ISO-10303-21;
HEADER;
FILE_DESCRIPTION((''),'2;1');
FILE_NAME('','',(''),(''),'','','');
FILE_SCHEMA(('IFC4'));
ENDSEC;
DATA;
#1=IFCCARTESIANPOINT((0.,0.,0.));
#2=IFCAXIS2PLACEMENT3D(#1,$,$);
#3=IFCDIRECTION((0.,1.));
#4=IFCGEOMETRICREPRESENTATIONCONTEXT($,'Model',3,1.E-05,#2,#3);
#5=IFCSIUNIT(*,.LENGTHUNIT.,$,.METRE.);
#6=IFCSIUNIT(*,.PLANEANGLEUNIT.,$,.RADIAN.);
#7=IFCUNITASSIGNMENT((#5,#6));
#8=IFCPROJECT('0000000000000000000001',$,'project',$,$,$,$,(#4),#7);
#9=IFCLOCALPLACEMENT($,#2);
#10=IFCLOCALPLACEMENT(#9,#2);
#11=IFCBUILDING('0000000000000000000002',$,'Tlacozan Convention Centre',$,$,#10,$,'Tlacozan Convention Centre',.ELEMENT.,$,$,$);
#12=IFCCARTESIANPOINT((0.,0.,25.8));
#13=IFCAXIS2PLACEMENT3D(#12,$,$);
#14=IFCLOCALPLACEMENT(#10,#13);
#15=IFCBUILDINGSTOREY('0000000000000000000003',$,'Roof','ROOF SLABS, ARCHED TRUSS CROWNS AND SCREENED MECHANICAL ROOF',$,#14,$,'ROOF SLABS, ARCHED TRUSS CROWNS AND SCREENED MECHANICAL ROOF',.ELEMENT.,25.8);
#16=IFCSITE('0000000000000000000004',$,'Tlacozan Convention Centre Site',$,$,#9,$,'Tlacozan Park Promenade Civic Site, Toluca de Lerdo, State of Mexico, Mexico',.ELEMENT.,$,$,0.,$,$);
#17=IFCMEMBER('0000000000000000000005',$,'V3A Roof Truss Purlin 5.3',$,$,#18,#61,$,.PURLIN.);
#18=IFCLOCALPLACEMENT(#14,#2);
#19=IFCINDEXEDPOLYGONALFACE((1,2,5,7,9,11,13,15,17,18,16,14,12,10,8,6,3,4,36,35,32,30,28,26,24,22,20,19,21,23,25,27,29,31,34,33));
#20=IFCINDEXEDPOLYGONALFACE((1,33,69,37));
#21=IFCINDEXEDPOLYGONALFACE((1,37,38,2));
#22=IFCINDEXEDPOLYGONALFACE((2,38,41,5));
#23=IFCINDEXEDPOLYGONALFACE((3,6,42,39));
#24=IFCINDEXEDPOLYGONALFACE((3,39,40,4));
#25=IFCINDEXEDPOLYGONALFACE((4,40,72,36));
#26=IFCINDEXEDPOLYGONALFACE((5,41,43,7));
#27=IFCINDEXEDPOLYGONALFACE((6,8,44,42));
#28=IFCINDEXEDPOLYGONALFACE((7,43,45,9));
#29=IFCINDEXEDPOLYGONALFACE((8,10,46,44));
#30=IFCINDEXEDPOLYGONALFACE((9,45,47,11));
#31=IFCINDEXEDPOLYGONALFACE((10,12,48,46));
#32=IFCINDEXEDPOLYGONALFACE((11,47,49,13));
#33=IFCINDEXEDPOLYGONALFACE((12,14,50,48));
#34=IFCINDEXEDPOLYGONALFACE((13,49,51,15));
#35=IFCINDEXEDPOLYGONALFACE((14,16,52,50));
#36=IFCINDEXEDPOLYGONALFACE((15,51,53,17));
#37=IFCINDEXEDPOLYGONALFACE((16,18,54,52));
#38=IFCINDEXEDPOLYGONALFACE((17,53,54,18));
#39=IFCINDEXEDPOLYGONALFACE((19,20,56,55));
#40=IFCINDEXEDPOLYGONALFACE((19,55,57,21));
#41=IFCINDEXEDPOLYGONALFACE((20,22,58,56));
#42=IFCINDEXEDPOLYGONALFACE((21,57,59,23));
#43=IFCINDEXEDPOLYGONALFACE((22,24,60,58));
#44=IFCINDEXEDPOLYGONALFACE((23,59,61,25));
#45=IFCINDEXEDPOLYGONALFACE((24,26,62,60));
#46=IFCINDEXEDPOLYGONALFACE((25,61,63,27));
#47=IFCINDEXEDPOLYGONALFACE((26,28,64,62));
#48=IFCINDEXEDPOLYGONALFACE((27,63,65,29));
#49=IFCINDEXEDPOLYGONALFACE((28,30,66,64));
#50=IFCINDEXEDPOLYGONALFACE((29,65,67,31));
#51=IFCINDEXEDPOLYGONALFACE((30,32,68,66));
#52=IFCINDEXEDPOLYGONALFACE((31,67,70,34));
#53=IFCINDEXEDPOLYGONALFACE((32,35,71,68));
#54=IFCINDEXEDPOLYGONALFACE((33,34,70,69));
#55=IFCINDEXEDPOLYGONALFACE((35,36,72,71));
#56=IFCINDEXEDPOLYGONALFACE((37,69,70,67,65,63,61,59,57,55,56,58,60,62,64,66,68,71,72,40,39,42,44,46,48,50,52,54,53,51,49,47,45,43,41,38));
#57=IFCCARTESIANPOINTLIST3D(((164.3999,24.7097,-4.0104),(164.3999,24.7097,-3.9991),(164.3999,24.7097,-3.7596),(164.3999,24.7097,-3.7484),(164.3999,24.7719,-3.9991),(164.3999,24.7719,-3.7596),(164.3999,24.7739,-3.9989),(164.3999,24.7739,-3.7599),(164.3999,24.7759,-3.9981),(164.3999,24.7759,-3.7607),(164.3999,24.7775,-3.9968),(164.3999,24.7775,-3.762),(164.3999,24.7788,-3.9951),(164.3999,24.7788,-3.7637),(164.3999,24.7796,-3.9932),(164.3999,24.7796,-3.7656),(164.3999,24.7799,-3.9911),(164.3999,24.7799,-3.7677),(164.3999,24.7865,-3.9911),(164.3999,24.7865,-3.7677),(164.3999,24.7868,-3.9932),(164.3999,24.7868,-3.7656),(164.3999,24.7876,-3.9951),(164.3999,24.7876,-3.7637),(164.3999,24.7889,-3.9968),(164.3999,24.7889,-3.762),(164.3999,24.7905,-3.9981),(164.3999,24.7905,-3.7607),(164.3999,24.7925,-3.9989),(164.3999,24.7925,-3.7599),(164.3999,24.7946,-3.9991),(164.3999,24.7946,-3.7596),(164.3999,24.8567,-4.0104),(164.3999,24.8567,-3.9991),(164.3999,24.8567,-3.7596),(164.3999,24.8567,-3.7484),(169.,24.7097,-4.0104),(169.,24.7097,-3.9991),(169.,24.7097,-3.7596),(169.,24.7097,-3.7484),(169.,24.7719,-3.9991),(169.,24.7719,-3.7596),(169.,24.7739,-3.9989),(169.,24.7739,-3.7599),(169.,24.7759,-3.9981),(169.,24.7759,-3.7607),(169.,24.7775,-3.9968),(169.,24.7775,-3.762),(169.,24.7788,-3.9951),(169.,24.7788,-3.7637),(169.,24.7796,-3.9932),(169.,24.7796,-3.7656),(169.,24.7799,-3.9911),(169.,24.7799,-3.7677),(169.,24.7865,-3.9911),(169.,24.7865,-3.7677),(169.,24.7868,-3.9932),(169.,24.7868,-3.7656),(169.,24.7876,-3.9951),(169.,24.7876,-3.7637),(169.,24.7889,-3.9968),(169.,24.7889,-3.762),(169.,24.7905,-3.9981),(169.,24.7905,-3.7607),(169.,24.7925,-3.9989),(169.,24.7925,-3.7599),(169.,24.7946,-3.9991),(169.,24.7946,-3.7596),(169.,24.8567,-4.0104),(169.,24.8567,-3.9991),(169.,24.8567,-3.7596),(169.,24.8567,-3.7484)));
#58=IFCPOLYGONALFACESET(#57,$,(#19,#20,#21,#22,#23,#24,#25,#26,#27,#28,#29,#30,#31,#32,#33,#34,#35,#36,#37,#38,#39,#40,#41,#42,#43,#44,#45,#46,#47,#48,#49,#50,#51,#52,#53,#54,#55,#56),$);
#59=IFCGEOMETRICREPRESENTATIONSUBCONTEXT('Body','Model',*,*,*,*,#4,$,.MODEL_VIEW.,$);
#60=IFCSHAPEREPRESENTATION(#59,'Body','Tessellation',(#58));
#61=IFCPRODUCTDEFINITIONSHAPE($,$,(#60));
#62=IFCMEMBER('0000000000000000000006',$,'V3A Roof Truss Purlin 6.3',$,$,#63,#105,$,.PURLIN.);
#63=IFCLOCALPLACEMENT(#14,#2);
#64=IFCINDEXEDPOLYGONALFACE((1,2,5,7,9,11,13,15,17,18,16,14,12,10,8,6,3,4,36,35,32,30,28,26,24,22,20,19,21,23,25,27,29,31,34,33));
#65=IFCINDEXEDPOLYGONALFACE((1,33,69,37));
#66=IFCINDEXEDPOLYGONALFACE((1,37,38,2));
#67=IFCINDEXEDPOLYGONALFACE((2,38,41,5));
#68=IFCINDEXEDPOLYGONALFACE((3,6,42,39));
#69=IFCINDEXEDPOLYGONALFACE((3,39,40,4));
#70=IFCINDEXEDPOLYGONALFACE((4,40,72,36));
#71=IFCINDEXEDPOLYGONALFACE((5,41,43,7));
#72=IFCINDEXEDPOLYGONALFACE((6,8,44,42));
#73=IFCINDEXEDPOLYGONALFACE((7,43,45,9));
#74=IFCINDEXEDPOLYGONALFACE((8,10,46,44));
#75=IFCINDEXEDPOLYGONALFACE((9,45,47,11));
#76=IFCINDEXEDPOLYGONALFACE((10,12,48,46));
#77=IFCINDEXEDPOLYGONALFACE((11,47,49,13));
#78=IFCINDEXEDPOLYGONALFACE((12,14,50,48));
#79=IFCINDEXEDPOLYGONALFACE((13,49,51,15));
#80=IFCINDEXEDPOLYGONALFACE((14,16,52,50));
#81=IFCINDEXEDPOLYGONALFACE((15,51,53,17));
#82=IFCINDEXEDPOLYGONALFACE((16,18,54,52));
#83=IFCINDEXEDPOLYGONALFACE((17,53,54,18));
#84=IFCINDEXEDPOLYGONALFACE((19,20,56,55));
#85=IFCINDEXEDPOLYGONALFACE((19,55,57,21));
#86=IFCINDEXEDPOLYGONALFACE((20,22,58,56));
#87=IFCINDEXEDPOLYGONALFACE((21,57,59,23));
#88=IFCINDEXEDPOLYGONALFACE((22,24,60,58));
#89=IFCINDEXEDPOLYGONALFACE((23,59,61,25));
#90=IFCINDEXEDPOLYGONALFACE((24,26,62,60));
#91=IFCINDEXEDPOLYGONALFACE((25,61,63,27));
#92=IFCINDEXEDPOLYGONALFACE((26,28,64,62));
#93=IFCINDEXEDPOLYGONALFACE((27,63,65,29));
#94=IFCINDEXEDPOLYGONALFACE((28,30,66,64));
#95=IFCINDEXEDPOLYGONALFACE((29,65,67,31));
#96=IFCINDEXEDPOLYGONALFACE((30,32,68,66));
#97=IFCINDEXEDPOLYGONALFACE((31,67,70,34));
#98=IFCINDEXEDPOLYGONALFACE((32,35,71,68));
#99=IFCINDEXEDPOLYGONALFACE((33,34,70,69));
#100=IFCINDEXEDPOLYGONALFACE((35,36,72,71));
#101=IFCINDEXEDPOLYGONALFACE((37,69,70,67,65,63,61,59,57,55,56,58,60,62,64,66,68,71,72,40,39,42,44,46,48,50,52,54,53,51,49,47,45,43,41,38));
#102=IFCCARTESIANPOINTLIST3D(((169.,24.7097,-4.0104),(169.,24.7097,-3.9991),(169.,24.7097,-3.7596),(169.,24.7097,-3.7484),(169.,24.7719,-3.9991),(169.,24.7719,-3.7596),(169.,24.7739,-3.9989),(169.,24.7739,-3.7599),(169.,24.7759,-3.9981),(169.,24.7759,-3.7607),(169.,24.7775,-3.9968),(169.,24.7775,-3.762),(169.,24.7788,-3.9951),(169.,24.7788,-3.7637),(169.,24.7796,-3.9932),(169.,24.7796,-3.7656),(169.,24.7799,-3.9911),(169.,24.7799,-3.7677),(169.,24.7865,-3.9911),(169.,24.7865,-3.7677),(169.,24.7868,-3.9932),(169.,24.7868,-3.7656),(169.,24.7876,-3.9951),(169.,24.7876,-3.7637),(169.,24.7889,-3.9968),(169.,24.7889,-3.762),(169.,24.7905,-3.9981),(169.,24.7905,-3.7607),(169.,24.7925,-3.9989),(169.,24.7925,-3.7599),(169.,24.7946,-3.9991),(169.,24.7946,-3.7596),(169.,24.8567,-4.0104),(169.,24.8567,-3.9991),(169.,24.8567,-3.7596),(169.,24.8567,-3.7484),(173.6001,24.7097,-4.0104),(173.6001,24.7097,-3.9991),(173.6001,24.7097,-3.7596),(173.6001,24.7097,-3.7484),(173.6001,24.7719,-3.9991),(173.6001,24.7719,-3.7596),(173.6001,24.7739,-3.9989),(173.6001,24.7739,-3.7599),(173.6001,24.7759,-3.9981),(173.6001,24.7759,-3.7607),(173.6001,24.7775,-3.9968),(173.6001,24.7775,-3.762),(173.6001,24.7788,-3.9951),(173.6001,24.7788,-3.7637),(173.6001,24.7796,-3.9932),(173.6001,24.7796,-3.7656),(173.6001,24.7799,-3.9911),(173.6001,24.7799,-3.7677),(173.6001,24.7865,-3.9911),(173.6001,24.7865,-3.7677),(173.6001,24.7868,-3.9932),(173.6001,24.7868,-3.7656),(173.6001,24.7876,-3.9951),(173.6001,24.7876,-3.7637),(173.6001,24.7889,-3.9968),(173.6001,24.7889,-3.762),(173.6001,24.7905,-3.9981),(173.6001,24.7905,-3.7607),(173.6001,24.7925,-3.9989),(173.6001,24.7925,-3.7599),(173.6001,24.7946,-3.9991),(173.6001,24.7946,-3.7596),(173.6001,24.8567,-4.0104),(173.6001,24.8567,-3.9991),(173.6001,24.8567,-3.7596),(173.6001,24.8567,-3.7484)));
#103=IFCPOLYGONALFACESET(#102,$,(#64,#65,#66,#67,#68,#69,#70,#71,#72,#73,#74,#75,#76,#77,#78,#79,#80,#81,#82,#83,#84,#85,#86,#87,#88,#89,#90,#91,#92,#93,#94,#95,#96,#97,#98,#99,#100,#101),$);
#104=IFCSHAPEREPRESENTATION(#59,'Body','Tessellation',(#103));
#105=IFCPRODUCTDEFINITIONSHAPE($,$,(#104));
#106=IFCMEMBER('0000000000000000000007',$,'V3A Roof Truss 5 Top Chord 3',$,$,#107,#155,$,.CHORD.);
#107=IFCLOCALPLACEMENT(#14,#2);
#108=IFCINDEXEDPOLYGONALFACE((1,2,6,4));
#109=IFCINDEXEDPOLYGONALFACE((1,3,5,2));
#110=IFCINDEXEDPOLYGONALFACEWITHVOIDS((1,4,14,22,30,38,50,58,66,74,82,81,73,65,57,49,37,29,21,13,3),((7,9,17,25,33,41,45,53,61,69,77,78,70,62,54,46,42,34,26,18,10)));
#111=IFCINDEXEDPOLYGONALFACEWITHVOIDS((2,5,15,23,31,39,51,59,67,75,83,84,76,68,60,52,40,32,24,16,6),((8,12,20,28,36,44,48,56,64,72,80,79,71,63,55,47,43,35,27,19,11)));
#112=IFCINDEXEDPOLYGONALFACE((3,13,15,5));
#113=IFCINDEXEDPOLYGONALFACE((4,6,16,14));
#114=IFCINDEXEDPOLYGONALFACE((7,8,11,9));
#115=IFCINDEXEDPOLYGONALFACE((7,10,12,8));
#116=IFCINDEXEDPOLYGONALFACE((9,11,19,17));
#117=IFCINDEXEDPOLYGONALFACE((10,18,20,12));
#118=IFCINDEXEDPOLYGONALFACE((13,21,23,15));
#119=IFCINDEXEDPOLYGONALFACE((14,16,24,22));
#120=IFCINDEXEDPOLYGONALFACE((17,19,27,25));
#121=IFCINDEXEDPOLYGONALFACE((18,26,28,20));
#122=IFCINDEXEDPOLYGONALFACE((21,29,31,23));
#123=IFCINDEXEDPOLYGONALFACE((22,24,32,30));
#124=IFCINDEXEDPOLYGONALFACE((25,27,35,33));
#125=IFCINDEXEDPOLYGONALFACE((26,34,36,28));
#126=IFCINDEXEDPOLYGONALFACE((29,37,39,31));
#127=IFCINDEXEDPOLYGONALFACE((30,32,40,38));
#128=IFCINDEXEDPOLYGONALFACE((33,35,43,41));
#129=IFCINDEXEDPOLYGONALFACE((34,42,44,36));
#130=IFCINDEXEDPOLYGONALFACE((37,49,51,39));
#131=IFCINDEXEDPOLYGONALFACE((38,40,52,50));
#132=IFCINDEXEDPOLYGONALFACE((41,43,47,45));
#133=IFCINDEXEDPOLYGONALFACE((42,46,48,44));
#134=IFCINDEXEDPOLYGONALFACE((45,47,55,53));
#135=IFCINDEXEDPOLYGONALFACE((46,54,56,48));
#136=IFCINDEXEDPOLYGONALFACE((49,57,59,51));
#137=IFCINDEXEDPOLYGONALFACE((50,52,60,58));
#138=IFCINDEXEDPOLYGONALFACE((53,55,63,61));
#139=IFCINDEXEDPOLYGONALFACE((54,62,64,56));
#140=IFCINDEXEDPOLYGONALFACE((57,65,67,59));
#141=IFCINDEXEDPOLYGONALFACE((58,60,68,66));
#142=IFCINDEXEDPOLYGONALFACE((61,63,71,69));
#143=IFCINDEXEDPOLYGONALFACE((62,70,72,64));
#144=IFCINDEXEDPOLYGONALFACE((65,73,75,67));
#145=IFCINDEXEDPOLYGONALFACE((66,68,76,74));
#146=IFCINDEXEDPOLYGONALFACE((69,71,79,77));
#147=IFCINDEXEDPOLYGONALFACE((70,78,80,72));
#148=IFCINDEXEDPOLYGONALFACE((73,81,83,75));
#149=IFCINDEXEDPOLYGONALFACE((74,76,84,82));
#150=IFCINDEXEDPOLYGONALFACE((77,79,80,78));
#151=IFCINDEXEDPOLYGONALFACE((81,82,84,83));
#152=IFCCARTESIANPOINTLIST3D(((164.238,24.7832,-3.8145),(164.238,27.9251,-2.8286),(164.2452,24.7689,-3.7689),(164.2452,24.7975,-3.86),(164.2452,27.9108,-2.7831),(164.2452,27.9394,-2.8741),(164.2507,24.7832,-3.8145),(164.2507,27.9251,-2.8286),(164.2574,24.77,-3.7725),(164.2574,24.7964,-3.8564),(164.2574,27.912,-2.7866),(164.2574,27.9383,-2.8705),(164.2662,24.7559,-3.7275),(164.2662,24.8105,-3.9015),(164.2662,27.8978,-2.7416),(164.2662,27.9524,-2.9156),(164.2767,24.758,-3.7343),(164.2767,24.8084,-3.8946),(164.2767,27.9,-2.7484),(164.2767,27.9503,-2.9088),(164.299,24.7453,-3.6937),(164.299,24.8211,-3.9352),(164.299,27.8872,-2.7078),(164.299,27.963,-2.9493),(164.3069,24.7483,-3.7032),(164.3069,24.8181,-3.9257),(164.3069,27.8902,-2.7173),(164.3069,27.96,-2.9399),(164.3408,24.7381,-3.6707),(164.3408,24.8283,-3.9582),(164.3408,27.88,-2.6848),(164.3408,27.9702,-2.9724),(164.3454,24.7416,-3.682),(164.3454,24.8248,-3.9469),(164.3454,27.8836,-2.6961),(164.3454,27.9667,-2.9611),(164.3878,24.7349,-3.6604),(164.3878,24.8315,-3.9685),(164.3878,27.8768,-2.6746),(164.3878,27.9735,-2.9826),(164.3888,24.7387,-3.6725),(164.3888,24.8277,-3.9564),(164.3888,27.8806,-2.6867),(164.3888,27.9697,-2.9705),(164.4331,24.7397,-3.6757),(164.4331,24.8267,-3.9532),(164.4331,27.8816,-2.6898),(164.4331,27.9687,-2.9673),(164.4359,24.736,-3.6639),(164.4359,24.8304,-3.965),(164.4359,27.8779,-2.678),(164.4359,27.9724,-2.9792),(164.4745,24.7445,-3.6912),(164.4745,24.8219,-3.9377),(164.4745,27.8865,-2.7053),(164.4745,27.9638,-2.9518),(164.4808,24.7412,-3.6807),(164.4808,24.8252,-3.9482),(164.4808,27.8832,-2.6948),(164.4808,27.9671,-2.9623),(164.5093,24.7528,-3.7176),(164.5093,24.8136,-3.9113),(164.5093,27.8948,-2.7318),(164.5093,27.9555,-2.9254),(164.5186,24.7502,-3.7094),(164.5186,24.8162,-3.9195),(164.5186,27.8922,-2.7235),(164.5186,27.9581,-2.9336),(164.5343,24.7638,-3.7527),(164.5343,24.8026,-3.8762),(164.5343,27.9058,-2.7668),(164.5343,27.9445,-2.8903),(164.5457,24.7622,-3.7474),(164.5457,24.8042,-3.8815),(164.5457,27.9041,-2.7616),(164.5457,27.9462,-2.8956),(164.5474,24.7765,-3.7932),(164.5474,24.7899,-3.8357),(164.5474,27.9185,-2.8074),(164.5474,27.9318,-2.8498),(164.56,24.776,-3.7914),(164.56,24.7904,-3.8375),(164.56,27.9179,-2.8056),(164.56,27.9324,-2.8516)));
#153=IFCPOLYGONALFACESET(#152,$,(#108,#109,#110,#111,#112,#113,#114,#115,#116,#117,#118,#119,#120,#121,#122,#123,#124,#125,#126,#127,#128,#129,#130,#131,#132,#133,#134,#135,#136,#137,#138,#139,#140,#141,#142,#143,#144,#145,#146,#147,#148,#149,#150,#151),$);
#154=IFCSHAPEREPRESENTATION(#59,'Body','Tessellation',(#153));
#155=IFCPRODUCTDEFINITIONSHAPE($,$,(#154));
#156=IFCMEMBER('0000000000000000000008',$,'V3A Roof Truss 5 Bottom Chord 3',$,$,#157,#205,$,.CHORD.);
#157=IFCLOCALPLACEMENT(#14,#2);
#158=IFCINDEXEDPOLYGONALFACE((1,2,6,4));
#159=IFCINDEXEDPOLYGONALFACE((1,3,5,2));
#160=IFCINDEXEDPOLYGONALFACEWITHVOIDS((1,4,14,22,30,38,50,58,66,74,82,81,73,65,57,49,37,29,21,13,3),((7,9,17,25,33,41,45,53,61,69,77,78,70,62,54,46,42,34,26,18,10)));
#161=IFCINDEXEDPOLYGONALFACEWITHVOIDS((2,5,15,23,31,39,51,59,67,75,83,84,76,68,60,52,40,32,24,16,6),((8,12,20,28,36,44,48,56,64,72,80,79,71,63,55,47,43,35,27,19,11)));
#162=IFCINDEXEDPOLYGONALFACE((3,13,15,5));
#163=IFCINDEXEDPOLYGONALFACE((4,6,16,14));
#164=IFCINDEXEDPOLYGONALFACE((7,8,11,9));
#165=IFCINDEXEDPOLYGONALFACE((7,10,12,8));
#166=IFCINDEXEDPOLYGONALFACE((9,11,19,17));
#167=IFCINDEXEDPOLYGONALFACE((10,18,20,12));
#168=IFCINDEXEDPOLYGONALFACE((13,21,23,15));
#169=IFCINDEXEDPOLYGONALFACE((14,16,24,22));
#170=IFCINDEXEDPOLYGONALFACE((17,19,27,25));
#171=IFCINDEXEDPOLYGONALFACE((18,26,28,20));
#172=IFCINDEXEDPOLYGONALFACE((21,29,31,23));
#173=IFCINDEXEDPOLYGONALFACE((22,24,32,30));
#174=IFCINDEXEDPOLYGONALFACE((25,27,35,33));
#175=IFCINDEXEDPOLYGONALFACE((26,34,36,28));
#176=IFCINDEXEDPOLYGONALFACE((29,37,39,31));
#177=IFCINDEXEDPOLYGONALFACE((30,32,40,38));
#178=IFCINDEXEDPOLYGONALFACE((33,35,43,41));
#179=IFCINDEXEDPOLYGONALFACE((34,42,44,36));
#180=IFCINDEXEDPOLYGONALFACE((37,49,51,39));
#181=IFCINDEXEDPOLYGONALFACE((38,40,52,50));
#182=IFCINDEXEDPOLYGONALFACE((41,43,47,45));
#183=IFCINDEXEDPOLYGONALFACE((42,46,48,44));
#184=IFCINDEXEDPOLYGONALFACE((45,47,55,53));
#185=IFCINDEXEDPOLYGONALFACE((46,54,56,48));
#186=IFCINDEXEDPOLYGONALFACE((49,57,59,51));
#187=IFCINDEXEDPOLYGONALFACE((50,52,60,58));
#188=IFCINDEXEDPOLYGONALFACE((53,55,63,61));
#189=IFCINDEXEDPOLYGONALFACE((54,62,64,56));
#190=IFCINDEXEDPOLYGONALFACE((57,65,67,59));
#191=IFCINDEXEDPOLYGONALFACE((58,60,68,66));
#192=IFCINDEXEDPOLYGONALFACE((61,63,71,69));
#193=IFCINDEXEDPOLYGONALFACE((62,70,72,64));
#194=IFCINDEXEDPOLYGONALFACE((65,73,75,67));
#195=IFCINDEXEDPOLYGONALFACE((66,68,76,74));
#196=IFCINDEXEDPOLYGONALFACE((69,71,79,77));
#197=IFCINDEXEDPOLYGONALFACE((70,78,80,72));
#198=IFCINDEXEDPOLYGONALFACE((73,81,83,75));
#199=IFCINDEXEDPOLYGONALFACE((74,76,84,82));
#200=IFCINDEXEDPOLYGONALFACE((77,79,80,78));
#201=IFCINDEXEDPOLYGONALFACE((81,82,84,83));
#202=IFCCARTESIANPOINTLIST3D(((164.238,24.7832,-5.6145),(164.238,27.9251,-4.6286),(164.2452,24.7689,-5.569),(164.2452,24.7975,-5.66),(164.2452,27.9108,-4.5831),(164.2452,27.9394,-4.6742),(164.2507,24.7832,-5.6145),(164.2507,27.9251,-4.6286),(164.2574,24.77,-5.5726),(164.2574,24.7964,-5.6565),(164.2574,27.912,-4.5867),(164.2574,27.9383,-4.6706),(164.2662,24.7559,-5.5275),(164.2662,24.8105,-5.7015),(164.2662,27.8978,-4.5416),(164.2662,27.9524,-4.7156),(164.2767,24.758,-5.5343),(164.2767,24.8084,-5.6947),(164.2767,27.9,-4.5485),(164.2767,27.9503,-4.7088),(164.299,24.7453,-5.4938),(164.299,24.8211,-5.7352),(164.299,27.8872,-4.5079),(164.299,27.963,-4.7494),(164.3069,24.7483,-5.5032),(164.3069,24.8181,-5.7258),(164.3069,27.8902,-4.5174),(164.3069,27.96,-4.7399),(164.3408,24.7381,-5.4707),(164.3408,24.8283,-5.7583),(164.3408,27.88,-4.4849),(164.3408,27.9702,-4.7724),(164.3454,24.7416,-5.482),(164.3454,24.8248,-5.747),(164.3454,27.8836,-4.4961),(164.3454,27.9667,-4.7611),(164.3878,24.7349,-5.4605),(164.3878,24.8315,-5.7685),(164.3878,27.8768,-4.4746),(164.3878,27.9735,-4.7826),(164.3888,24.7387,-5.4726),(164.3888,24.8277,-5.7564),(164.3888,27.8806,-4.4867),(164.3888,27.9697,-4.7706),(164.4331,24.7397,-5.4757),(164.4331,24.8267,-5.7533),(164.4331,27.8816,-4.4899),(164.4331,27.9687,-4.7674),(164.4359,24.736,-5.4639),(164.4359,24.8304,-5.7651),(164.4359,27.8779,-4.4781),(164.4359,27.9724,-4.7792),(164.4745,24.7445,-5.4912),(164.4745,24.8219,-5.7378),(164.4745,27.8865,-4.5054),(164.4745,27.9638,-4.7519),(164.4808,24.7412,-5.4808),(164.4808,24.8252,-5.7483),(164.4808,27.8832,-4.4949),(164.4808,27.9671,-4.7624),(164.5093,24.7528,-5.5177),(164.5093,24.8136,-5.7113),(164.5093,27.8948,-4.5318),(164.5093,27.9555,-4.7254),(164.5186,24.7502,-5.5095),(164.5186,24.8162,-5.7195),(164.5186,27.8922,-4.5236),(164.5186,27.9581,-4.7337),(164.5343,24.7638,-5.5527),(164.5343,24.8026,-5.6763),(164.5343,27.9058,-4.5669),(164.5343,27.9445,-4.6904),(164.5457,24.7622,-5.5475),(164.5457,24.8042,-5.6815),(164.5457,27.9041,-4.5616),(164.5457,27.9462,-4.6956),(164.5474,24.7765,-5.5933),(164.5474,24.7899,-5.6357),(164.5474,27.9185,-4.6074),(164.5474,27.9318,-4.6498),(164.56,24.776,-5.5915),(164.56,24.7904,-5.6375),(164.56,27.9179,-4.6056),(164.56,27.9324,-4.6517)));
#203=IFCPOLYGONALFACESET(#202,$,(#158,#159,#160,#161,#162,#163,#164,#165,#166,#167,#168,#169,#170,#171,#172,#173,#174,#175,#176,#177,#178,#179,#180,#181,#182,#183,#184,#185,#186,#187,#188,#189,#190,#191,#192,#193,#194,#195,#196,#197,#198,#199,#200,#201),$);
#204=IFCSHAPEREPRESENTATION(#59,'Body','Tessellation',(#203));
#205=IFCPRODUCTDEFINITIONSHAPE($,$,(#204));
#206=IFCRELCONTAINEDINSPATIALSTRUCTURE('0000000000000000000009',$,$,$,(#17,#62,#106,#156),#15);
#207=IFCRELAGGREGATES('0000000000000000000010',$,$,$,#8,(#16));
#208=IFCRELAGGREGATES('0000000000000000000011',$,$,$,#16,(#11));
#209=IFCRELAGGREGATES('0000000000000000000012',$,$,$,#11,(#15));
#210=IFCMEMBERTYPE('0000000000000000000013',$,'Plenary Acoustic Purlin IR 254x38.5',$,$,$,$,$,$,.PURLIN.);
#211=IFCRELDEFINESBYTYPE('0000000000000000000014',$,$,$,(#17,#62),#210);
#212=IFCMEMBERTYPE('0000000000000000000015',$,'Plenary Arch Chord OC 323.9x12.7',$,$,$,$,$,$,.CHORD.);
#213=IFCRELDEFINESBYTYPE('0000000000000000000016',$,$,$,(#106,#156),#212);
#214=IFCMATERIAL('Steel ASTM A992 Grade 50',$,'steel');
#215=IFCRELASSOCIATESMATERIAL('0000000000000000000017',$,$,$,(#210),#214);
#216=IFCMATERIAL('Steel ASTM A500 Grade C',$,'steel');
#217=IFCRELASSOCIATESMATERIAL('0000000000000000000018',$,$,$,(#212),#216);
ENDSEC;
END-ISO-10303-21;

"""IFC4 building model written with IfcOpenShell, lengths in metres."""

from ifc_helpers import new_model, si_unit, direction, frame, origin, origin_2d, place, context, subcontext, project, spatial, hollow_circle, i_section, extrude, material, material_profile, profile_set, type_object, element, save


model = new_model("IFC4")

# Units and contexts
model_context = context("Model", 3, precision=1e-05, world=origin(), true_north=direction((0.0, 1.0)))
body_context = subcontext(model_context, "Body", "Model", "MODEL_VIEW")
ifc_project = project(units=[si_unit("LENGTHUNIT", "METRE"), si_unit("PLANEANGLEUNIT", "RADIAN")], contexts=[model_context])

# Site, building, storey
site_placement = place(None, origin())
site = spatial("IfcSite", under=ifc_project, at=site_placement, Name="Tlacozan Convention Centre Site", LongName="Tlacozan Park Promenade Civic Site, Toluca de Lerdo, State of Mexico, Mexico", CompositionType="ELEMENT", RefElevation=0.0)
building_placement = place(site_placement, origin())
building = spatial("IfcBuilding", under=site, at=building_placement, Name="Tlacozan Convention Centre", LongName="Tlacozan Convention Centre", CompositionType="ELEMENT")
storey_placement = place(building_placement, frame((0.0, 0.0, 25.8)))
storey = spatial("IfcBuildingStorey", under=building, at=storey_placement, Name="Roof", Description="ROOF SLABS, ARCHED TRUSS CROWNS AND SCREENED MECHANICAL ROOF", LongName="ROOF SLABS, ARCHED TRUSS CROWNS AND SCREENED MECHANICAL ROOF", CompositionType="ELEMENT", Elevation=25.8)

# Members
ifc_material_1 = material(Name="Steel ASTM A992 Grade 50", Category="steel")
ifc_material_profile_1 = material_profile(ifc_material_1, i_section(OverallWidth=0.147, OverallDepth=0.262, WebThickness=0.0066, FlangeThickness=0.0112, FilletRadius=0.0081, at=origin_2d()), Name="IR 254x38.5")
ifc_profile_set_1 = profile_set([ifc_material_profile_1], Name="Steel ASTM A992 Grade 50")
member_type_1 = type_object("IfcMemberType", Name="Plenary Acoustic Purlin IR 254x38.5", PredefinedType="PURLIN", material=ifc_profile_set_1)
for number, where, z_axis, x_axis, name in (
    (1, (164.3999, 24.7832, -3.8794), (1.0, 0.0, 0.0), (0.0, 1.0, 0.0), "V3A Roof Truss Purlin 5.3"),
    (2, (169.0, 24.7832, -3.8794), (1.0, 0.0, 0.0), (0.0, 1.0, 0.0), "V3A Roof Truss Purlin 6.3"),
):
    element("IfcMember", number, at=place(storey_placement, frame(where, z_axis=z_axis, x_axis=x_axis)), inside=storey, type_object=member_type_1, Name=name, PredefinedType="PURLIN", context=body_context, shape_type="SweptSolid", body=[
        extrude(i_section(OverallWidth=0.147, OverallDepth=0.262, WebThickness=0.0066, FlangeThickness=0.0112, FilletRadius=0.0081, at=origin_2d()), origin(), (0.0, 0.0, 1.0), 4.6001),
    ])
ifc_material_2 = material(Name="Steel ASTM A500 Grade C", Category="steel")
ifc_material_profile_2 = material_profile(ifc_material_2, hollow_circle(Radius=0.1619, WallThickness=0.0127, at=origin_2d()), Name="OC 323.9x12.7")
ifc_profile_set_2 = profile_set([ifc_material_profile_2], Name="Steel ASTM A500 Grade C")
member_type_2 = type_object("IfcMemberType", Name="Plenary Arch Chord OC 323.9x12.7", PredefinedType="CHORD", material=ifc_profile_set_2)
for number, where, z_axis, x_axis, name in (
    (3, (164.3999, 24.7832, -3.8145), (0.0, 0.954132, 0.299385), (-1.0, 0.0, 0.0), "V3A Roof Truss 5 Top Chord 3"),
    (4, (164.3999, 24.7832, -5.6145), (0.0, 0.954132, 0.299385), (-1.0, 0.0, 0.0), "V3A Roof Truss 5 Bottom Chord 3"),
):
    element("IfcMember", number, at=place(storey_placement, frame(where, z_axis=z_axis, x_axis=x_axis)), inside=storey, type_object=member_type_2, Name=name, PredefinedType="CHORD", context=body_context, shape_type="SweptSolid", body=[
        extrude(hollow_circle(Radius=0.1619, WallThickness=0.0127, at=origin_2d()), origin(), (0.0, 0.0, 1.0), 3.293),
    ])

save(model, "model.ifc")
